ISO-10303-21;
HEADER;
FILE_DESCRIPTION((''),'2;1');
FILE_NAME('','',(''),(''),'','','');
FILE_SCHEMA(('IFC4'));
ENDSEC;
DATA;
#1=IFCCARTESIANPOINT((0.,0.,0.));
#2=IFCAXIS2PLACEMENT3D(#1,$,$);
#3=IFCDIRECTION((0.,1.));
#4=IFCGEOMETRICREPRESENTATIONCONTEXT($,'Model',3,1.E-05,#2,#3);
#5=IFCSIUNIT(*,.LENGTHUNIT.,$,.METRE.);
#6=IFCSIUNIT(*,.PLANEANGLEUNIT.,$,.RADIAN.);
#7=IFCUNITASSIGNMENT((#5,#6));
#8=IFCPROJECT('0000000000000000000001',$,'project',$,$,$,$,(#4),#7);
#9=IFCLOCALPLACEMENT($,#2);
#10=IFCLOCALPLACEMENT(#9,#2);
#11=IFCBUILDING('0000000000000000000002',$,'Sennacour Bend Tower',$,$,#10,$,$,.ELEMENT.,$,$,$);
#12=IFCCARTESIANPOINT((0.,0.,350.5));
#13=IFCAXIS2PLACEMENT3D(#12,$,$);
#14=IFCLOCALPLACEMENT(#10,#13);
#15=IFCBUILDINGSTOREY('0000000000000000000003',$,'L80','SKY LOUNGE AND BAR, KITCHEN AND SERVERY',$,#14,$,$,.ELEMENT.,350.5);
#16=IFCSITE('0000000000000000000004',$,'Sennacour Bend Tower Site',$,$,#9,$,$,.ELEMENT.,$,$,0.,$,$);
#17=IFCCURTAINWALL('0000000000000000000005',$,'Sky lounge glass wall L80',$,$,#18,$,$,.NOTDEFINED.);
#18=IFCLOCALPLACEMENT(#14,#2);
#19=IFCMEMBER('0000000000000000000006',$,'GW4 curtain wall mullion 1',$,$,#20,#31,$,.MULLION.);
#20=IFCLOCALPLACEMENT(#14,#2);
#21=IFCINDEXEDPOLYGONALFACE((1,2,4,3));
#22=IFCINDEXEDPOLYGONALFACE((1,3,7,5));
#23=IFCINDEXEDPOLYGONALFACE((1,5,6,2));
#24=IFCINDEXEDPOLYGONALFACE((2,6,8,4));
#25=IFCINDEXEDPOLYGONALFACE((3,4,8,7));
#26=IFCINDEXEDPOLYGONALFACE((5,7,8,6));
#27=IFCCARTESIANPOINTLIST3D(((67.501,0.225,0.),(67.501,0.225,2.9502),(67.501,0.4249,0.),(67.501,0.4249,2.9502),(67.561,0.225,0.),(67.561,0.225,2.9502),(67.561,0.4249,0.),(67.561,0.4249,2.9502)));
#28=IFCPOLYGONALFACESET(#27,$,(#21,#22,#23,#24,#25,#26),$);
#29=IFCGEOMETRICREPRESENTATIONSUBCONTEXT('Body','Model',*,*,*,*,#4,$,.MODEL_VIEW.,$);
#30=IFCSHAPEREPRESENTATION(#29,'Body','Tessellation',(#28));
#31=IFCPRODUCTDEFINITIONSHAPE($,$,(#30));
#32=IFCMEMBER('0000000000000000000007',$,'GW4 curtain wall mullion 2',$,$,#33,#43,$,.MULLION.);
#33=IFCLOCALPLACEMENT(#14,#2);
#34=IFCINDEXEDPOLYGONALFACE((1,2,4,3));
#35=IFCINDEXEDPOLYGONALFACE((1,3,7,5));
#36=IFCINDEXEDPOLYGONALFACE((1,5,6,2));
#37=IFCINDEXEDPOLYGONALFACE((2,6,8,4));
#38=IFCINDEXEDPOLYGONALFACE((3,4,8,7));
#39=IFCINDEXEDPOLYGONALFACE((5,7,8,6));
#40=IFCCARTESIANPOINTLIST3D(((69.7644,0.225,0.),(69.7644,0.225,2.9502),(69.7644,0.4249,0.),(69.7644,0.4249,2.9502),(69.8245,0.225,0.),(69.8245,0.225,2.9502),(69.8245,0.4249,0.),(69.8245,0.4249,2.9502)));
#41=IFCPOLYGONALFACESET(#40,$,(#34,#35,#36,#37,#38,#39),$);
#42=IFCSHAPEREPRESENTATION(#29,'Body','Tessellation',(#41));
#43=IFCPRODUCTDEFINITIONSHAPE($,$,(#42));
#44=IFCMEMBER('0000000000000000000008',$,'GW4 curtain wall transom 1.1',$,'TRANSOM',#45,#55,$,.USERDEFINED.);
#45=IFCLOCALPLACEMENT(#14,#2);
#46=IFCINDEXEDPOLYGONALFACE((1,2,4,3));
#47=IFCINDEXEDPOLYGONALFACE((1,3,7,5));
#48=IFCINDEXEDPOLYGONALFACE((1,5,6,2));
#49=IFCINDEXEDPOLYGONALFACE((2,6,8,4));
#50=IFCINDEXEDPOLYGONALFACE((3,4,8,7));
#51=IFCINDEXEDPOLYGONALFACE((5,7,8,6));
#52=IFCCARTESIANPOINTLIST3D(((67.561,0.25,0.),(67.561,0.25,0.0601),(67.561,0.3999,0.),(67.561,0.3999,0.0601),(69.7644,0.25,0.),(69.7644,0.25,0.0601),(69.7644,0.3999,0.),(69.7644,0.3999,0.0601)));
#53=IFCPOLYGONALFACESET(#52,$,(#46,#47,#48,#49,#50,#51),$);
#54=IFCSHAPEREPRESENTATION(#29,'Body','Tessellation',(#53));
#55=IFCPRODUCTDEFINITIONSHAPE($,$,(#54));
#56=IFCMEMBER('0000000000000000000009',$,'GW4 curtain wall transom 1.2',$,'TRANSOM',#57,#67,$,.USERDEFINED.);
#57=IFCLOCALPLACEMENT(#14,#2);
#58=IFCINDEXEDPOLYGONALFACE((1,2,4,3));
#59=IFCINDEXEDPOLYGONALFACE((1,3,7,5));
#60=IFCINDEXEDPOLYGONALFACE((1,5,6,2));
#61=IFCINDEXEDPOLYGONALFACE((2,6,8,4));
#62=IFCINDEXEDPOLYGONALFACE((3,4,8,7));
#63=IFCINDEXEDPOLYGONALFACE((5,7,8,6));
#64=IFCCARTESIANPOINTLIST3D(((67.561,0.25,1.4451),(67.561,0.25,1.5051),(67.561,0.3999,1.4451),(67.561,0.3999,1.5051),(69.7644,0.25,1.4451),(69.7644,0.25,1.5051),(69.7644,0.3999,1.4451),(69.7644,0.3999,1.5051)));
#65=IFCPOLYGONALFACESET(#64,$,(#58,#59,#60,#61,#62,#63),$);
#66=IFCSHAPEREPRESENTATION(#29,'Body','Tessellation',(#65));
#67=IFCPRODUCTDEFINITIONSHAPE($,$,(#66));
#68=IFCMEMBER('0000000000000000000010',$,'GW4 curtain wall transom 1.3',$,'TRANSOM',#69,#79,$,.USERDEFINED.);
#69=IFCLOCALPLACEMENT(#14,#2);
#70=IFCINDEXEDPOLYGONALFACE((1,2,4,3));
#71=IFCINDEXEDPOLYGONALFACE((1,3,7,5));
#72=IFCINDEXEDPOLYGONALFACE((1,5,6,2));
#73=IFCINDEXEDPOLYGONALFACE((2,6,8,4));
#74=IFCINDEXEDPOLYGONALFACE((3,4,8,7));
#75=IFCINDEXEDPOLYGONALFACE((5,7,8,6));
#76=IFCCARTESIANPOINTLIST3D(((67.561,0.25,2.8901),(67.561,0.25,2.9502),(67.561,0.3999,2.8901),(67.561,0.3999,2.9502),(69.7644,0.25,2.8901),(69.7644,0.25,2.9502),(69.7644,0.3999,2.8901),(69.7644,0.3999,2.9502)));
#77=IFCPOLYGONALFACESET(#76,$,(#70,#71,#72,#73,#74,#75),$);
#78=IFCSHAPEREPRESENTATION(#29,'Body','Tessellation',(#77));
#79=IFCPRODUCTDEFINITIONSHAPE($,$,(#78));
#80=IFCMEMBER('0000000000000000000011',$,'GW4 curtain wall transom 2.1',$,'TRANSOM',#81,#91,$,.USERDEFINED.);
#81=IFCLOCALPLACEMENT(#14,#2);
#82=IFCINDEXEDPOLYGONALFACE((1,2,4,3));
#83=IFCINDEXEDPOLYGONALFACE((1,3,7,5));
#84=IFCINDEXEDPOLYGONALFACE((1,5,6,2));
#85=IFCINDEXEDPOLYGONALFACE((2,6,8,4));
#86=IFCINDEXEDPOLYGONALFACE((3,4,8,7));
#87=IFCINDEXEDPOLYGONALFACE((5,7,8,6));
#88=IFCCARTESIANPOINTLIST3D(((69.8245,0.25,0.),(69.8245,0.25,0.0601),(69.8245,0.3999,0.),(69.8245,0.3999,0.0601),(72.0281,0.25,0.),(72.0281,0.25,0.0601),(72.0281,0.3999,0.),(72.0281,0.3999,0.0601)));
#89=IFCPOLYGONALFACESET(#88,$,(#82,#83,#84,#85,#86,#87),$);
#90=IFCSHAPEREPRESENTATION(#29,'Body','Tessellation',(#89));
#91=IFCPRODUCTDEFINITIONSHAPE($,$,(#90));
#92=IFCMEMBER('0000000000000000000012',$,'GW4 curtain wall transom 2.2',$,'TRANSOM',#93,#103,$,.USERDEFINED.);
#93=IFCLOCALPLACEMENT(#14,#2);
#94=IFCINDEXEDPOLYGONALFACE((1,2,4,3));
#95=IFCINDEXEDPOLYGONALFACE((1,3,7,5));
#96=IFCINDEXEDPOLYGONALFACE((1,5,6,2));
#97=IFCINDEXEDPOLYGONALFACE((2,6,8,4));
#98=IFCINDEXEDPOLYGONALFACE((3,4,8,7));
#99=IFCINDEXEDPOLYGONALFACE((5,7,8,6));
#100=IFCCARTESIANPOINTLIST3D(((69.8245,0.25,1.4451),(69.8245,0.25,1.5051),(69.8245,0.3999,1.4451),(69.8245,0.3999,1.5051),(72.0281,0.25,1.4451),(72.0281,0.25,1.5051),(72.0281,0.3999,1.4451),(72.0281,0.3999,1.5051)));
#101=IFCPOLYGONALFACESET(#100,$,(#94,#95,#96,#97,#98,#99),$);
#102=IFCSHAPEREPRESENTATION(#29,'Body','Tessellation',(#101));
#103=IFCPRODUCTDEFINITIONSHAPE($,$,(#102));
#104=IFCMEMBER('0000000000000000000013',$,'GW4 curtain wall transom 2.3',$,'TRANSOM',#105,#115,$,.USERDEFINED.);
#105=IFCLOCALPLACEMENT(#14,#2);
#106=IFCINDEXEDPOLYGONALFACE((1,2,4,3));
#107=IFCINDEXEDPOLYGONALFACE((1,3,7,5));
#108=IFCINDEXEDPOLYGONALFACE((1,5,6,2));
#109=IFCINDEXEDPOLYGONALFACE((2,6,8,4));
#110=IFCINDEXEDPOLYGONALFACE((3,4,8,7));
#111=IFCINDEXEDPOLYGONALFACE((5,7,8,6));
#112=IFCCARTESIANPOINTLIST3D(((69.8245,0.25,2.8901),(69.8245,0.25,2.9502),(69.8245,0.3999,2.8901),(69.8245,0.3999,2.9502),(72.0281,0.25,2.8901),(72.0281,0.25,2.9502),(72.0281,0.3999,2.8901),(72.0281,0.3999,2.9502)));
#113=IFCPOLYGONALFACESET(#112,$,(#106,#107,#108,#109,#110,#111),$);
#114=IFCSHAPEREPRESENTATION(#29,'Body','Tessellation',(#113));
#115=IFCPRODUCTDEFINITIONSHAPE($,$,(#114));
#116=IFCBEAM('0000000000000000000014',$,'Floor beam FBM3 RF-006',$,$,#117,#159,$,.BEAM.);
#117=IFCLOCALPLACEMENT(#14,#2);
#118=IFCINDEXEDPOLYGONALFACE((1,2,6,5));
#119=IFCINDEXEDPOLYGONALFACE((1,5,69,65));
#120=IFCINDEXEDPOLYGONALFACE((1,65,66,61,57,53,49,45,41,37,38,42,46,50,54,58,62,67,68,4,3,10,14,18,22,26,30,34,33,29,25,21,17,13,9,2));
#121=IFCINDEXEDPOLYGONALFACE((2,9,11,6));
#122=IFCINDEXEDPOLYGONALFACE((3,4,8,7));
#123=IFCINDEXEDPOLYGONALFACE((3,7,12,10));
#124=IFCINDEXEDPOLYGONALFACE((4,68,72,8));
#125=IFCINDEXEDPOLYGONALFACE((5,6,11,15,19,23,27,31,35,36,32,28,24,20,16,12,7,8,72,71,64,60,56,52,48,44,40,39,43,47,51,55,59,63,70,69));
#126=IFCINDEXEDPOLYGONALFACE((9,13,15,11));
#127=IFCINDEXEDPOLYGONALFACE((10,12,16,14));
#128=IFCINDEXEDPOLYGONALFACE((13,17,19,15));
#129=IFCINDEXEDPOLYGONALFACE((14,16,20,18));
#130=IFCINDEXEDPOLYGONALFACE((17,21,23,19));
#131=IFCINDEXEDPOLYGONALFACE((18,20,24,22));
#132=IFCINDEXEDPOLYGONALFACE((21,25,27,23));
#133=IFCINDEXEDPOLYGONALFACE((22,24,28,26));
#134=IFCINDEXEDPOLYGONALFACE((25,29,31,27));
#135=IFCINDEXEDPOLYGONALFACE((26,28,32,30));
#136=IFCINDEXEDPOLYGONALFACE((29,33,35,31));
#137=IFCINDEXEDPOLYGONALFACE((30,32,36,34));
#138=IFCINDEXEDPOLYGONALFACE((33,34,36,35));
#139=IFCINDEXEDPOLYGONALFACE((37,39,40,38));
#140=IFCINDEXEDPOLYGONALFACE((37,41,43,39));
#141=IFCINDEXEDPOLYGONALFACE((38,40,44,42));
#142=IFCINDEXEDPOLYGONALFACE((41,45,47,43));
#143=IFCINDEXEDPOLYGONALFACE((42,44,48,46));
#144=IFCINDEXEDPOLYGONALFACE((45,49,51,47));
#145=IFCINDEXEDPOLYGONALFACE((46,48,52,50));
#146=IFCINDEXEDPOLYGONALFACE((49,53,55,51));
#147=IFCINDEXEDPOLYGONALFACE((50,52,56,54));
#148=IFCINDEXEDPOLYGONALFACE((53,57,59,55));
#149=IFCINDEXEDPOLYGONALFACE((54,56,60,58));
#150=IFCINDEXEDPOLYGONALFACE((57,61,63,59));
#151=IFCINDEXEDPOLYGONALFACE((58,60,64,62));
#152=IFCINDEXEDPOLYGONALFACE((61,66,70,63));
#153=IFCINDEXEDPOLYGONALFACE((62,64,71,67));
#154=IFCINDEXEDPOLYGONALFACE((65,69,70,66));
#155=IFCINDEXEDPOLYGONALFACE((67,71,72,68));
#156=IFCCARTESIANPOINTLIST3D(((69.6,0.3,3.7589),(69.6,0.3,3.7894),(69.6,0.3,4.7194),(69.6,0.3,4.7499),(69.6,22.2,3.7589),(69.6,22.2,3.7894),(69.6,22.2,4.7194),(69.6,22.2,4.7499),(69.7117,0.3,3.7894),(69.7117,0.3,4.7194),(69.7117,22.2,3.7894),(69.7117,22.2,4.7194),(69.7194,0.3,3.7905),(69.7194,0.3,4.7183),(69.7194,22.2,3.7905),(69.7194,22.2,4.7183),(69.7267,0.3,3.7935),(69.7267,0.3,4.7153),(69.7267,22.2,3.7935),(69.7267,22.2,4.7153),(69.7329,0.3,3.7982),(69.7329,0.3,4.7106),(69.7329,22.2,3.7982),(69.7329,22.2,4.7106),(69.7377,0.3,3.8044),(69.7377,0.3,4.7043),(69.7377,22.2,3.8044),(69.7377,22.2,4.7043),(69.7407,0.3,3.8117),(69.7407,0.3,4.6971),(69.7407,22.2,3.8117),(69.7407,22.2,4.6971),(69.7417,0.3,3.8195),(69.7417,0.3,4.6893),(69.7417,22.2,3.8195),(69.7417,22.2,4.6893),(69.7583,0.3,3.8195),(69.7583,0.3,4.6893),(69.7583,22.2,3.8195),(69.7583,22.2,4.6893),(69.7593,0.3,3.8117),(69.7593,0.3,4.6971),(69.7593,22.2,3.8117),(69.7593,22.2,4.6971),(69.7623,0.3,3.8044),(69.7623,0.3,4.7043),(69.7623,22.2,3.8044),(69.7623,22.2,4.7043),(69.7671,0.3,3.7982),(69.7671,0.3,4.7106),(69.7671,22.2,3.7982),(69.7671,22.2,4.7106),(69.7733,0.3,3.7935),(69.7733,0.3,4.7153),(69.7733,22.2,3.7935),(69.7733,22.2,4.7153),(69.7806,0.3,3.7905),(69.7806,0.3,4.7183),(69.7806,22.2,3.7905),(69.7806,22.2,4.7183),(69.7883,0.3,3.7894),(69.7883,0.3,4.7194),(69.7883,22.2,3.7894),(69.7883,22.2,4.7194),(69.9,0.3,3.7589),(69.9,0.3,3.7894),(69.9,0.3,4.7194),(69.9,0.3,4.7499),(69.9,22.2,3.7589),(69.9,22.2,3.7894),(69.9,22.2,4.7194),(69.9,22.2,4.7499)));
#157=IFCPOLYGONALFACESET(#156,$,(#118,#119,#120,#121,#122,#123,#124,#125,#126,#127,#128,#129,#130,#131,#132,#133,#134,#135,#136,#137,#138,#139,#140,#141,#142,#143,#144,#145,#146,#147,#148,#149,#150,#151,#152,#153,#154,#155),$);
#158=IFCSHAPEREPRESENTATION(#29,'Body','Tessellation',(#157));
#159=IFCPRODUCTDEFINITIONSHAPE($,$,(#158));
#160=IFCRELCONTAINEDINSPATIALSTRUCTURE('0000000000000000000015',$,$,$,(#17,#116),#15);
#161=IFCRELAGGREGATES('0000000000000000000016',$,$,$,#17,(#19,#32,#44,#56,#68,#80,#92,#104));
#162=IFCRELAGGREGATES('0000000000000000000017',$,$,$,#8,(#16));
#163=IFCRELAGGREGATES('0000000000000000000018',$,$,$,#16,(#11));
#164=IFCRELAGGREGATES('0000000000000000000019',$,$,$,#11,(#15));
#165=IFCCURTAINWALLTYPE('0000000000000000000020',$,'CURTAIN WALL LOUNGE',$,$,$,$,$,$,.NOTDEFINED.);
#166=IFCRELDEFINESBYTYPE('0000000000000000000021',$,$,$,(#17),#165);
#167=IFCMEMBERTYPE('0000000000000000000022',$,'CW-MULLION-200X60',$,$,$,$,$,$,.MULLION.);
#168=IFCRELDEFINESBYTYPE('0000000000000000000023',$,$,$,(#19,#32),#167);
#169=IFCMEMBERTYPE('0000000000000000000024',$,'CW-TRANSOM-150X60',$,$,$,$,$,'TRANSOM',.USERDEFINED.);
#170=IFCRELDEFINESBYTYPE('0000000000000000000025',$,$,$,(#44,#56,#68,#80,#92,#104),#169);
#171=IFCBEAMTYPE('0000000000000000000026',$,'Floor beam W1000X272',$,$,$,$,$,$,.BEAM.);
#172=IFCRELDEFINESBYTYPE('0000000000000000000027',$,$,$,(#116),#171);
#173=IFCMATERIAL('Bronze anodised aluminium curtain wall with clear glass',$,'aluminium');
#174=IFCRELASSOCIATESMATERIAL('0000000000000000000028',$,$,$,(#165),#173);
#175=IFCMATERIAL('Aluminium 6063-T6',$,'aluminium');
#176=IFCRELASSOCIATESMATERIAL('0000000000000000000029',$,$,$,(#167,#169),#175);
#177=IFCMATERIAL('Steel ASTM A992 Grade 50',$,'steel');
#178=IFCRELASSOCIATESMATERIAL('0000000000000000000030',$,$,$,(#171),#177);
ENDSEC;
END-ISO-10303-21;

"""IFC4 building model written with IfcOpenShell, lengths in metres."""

from ifc_helpers import new_model, si_unit, direction, frame, origin, origin_2d, place, context, subcontext, project, spatial, rectangle, i_section, extrude, material, material_profile, profile_set, type_object, element, aggregate, save


model = new_model("IFC4")

# Units and contexts
model_context = context("Model", 3, precision=1e-05, world=origin(), true_north=direction((0.0, 1.0)))
body_context = subcontext(model_context, "Body", "Model", "MODEL_VIEW")
ifc_project = project(units=[si_unit("LENGTHUNIT", "METRE"), si_unit("PLANEANGLEUNIT", "RADIAN")], contexts=[model_context])

# Site, building, storey
site_placement = place(None, origin())
site = spatial("IfcSite", under=ifc_project, at=site_placement, Name="Sennacour Bend Tower Site", CompositionType="ELEMENT", RefElevation=0.0)
building_placement = place(site_placement, origin())
building = spatial("IfcBuilding", under=site, at=building_placement, Name="Sennacour Bend Tower", CompositionType="ELEMENT")
storey_placement = place(building_placement, frame((0.0, 0.0, 350.5)))
storey = spatial("IfcBuildingStorey", under=building, at=storey_placement, Name="L80", Description="SKY LOUNGE AND BAR, KITCHEN AND SERVERY", CompositionType="ELEMENT", Elevation=350.5)

# Curtain wall, members
ifc_material_1 = material(Name="Bronze anodised aluminium curtain wall with clear glass", Category="aluminium")
curtain_wall_type = type_object("IfcCurtainWallType", Name="CURTAIN WALL LOUNGE", PredefinedType="NOTDEFINED", material=ifc_material_1)
curtain_wall_placement = place(storey_placement, origin())
curtain_wall = element("IfcCurtainWall", 1, at=curtain_wall_placement, inside=storey, type_object=curtain_wall_type, Name="Sky lounge glass wall L80", PredefinedType="NOTDEFINED")
ifc_material_2 = material(Name="Aluminium 6063-T6", Category="aluminium")
ifc_material_profile_1 = material_profile(ifc_material_2, rectangle(XDim=0.2, YDim=0.0601, at=origin_2d()), Name="Aluminium 6063-T6", Category="aluminium")
ifc_profile_set_1 = profile_set([ifc_material_profile_1], Name="Aluminium 6063-T6")
member_type_1 = type_object("IfcMemberType", Name="CW-MULLION-200X60", PredefinedType="MULLION", material=ifc_profile_set_1)
member_1_placement = place(storey_placement, frame((67.531, 0.325, 0.0), z_axis=(0.0, 0.0, 1.0), x_axis=(0.0, 1.0, 0.0)))
member_1 = element("IfcMember", 2, at=member_1_placement, type_object=member_type_1, Name="GW4 curtain wall mullion 1", PredefinedType="MULLION", context=body_context, shape_type="SweptSolid", body=[
    extrude(rectangle(XDim=0.2, YDim=0.0601, at=origin_2d()), origin(), (0.0, 0.0, 1.0), 2.9502),
])
member_2_placement = place(storey_placement, frame((69.7944, 0.325, 0.0), z_axis=(0.0, 0.0, 1.0), x_axis=(0.0, 1.0, 0.0)))
member_2 = element("IfcMember", 3, at=member_2_placement, type_object=member_type_1, Name="GW4 curtain wall mullion 2", PredefinedType="MULLION", context=body_context, shape_type="SweptSolid", body=[
    extrude(rectangle(XDim=0.2, YDim=0.0601, at=origin_2d()), origin(), (0.0, 0.0, 1.0), 2.9502),
])
ifc_material_profile_2 = material_profile(ifc_material_2, rectangle(XDim=0.1499, YDim=0.0601, at=origin_2d()), Name="Aluminium 6063-T6", Category="aluminium")
ifc_profile_set_2 = profile_set([ifc_material_profile_2], Name="Aluminium 6063-T6")
member_type_2 = type_object("IfcMemberType", Name="CW-TRANSOM-150X60", ElementType="TRANSOM", PredefinedType="USERDEFINED", material=ifc_profile_set_2)
member_3_placement = place(storey_placement, frame((67.561, 0.325, 0.03), z_axis=(1.0, 0.0, 0.0), x_axis=(0.0, 1.0, 0.0)))
member_3 = element("IfcMember", 4, at=member_3_placement, type_object=member_type_2, Name="GW4 curtain wall transom 1.1", ObjectType="TRANSOM", PredefinedType="USERDEFINED", context=body_context, shape_type="SweptSolid", body=[
    extrude(rectangle(XDim=0.1499, YDim=0.0601, at=origin_2d()), origin(), (0.0, 0.0, 1.0), 2.2034),
])
member_4_placement = place(storey_placement, frame((67.561, 0.325, 1.4751), z_axis=(1.0, 0.0, 0.0), x_axis=(0.0, 1.0, 0.0)))
member_4 = element("IfcMember", 5, at=member_4_placement, type_object=member_type_2, Name="GW4 curtain wall transom 1.2", ObjectType="TRANSOM", PredefinedType="USERDEFINED", context=body_context, shape_type="SweptSolid", body=[
    extrude(rectangle(XDim=0.1499, YDim=0.0601, at=origin_2d()), origin(), (0.0, 0.0, 1.0), 2.2034),
])
member_5_placement = place(storey_placement, frame((67.561, 0.325, 2.9202), z_axis=(1.0, 0.0, 0.0), x_axis=(0.0, 1.0, 0.0)))
member_5 = element("IfcMember", 6, at=member_5_placement, type_object=member_type_2, Name="GW4 curtain wall transom 1.3", ObjectType="TRANSOM", PredefinedType="USERDEFINED", context=body_context, shape_type="SweptSolid", body=[
    extrude(rectangle(XDim=0.1499, YDim=0.0601, at=origin_2d()), origin(), (0.0, 0.0, 1.0), 2.2034),
])
member_6_placement = place(storey_placement, frame((69.8245, 0.325, 0.03), z_axis=(1.0, 0.0, 0.0), x_axis=(0.0, 1.0, 0.0)))
member_6 = element("IfcMember", 7, at=member_6_placement, type_object=member_type_2, Name="GW4 curtain wall transom 2.1", ObjectType="TRANSOM", PredefinedType="USERDEFINED", context=body_context, shape_type="SweptSolid", body=[
    extrude(rectangle(XDim=0.1499, YDim=0.0601, at=origin_2d()), origin(), (0.0, 0.0, 1.0), 2.2036),
])
member_7_placement = place(storey_placement, frame((69.8245, 0.325, 1.4751), z_axis=(1.0, 0.0, 0.0), x_axis=(0.0, 1.0, 0.0)))
member_7 = element("IfcMember", 8, at=member_7_placement, type_object=member_type_2, Name="GW4 curtain wall transom 2.2", ObjectType="TRANSOM", PredefinedType="USERDEFINED", context=body_context, shape_type="SweptSolid", body=[
    extrude(rectangle(XDim=0.1499, YDim=0.0601, at=origin_2d()), origin(), (0.0, 0.0, 1.0), 2.2036),
])
member_8_placement = place(storey_placement, frame((69.8245, 0.325, 2.9202), z_axis=(1.0, 0.0, 0.0), x_axis=(0.0, 1.0, 0.0)))
member_8 = element("IfcMember", 9, at=member_8_placement, type_object=member_type_2, Name="GW4 curtain wall transom 2.3", ObjectType="TRANSOM", PredefinedType="USERDEFINED", context=body_context, shape_type="SweptSolid", body=[
    extrude(rectangle(XDim=0.1499, YDim=0.0601, at=origin_2d()), origin(), (0.0, 0.0, 1.0), 2.2036),
])

# Beam
ifc_material_3 = material(Name="Steel ASTM A992 Grade 50", Category="steel")
ifc_material_profile_3 = material_profile(ifc_material_3, i_section(OverallWidth=0.3, OverallDepth=0.991, WebThickness=0.0166, FlangeThickness=0.0305, FilletRadius=0.03, at=origin_2d()), Name="Steel ASTM A992 Grade 50", Category="steel")
ifc_profile_set_3 = profile_set([ifc_material_profile_3], Name="Steel ASTM A992 Grade 50")
beam_type = type_object("IfcBeamType", Name="Floor beam W1000X272", PredefinedType="BEAM", material=ifc_profile_set_3)
beam_placement = place(storey_placement, frame((69.75, 0.3, 4.2544), z_axis=(0.0, 1.0, 0.0), x_axis=(-1.0, 0.0, 0.0)))
element("IfcBeam", 10, at=beam_placement, inside=storey, type_object=beam_type, Name="Floor beam FBM3 RF-006", PredefinedType="BEAM", context=body_context, shape_type="SweptSolid", body=[
    extrude(i_section(OverallWidth=0.3, OverallDepth=0.991, WebThickness=0.0166, FlangeThickness=0.0305, FilletRadius=0.03, at=origin_2d()), origin(), (0.0, 0.0, 1.0), 21.8999),
])

aggregate(curtain_wall, [member_1, member_2, member_3, member_4, member_5, member_6, member_7, member_8])

save(model, "model.ifc")
